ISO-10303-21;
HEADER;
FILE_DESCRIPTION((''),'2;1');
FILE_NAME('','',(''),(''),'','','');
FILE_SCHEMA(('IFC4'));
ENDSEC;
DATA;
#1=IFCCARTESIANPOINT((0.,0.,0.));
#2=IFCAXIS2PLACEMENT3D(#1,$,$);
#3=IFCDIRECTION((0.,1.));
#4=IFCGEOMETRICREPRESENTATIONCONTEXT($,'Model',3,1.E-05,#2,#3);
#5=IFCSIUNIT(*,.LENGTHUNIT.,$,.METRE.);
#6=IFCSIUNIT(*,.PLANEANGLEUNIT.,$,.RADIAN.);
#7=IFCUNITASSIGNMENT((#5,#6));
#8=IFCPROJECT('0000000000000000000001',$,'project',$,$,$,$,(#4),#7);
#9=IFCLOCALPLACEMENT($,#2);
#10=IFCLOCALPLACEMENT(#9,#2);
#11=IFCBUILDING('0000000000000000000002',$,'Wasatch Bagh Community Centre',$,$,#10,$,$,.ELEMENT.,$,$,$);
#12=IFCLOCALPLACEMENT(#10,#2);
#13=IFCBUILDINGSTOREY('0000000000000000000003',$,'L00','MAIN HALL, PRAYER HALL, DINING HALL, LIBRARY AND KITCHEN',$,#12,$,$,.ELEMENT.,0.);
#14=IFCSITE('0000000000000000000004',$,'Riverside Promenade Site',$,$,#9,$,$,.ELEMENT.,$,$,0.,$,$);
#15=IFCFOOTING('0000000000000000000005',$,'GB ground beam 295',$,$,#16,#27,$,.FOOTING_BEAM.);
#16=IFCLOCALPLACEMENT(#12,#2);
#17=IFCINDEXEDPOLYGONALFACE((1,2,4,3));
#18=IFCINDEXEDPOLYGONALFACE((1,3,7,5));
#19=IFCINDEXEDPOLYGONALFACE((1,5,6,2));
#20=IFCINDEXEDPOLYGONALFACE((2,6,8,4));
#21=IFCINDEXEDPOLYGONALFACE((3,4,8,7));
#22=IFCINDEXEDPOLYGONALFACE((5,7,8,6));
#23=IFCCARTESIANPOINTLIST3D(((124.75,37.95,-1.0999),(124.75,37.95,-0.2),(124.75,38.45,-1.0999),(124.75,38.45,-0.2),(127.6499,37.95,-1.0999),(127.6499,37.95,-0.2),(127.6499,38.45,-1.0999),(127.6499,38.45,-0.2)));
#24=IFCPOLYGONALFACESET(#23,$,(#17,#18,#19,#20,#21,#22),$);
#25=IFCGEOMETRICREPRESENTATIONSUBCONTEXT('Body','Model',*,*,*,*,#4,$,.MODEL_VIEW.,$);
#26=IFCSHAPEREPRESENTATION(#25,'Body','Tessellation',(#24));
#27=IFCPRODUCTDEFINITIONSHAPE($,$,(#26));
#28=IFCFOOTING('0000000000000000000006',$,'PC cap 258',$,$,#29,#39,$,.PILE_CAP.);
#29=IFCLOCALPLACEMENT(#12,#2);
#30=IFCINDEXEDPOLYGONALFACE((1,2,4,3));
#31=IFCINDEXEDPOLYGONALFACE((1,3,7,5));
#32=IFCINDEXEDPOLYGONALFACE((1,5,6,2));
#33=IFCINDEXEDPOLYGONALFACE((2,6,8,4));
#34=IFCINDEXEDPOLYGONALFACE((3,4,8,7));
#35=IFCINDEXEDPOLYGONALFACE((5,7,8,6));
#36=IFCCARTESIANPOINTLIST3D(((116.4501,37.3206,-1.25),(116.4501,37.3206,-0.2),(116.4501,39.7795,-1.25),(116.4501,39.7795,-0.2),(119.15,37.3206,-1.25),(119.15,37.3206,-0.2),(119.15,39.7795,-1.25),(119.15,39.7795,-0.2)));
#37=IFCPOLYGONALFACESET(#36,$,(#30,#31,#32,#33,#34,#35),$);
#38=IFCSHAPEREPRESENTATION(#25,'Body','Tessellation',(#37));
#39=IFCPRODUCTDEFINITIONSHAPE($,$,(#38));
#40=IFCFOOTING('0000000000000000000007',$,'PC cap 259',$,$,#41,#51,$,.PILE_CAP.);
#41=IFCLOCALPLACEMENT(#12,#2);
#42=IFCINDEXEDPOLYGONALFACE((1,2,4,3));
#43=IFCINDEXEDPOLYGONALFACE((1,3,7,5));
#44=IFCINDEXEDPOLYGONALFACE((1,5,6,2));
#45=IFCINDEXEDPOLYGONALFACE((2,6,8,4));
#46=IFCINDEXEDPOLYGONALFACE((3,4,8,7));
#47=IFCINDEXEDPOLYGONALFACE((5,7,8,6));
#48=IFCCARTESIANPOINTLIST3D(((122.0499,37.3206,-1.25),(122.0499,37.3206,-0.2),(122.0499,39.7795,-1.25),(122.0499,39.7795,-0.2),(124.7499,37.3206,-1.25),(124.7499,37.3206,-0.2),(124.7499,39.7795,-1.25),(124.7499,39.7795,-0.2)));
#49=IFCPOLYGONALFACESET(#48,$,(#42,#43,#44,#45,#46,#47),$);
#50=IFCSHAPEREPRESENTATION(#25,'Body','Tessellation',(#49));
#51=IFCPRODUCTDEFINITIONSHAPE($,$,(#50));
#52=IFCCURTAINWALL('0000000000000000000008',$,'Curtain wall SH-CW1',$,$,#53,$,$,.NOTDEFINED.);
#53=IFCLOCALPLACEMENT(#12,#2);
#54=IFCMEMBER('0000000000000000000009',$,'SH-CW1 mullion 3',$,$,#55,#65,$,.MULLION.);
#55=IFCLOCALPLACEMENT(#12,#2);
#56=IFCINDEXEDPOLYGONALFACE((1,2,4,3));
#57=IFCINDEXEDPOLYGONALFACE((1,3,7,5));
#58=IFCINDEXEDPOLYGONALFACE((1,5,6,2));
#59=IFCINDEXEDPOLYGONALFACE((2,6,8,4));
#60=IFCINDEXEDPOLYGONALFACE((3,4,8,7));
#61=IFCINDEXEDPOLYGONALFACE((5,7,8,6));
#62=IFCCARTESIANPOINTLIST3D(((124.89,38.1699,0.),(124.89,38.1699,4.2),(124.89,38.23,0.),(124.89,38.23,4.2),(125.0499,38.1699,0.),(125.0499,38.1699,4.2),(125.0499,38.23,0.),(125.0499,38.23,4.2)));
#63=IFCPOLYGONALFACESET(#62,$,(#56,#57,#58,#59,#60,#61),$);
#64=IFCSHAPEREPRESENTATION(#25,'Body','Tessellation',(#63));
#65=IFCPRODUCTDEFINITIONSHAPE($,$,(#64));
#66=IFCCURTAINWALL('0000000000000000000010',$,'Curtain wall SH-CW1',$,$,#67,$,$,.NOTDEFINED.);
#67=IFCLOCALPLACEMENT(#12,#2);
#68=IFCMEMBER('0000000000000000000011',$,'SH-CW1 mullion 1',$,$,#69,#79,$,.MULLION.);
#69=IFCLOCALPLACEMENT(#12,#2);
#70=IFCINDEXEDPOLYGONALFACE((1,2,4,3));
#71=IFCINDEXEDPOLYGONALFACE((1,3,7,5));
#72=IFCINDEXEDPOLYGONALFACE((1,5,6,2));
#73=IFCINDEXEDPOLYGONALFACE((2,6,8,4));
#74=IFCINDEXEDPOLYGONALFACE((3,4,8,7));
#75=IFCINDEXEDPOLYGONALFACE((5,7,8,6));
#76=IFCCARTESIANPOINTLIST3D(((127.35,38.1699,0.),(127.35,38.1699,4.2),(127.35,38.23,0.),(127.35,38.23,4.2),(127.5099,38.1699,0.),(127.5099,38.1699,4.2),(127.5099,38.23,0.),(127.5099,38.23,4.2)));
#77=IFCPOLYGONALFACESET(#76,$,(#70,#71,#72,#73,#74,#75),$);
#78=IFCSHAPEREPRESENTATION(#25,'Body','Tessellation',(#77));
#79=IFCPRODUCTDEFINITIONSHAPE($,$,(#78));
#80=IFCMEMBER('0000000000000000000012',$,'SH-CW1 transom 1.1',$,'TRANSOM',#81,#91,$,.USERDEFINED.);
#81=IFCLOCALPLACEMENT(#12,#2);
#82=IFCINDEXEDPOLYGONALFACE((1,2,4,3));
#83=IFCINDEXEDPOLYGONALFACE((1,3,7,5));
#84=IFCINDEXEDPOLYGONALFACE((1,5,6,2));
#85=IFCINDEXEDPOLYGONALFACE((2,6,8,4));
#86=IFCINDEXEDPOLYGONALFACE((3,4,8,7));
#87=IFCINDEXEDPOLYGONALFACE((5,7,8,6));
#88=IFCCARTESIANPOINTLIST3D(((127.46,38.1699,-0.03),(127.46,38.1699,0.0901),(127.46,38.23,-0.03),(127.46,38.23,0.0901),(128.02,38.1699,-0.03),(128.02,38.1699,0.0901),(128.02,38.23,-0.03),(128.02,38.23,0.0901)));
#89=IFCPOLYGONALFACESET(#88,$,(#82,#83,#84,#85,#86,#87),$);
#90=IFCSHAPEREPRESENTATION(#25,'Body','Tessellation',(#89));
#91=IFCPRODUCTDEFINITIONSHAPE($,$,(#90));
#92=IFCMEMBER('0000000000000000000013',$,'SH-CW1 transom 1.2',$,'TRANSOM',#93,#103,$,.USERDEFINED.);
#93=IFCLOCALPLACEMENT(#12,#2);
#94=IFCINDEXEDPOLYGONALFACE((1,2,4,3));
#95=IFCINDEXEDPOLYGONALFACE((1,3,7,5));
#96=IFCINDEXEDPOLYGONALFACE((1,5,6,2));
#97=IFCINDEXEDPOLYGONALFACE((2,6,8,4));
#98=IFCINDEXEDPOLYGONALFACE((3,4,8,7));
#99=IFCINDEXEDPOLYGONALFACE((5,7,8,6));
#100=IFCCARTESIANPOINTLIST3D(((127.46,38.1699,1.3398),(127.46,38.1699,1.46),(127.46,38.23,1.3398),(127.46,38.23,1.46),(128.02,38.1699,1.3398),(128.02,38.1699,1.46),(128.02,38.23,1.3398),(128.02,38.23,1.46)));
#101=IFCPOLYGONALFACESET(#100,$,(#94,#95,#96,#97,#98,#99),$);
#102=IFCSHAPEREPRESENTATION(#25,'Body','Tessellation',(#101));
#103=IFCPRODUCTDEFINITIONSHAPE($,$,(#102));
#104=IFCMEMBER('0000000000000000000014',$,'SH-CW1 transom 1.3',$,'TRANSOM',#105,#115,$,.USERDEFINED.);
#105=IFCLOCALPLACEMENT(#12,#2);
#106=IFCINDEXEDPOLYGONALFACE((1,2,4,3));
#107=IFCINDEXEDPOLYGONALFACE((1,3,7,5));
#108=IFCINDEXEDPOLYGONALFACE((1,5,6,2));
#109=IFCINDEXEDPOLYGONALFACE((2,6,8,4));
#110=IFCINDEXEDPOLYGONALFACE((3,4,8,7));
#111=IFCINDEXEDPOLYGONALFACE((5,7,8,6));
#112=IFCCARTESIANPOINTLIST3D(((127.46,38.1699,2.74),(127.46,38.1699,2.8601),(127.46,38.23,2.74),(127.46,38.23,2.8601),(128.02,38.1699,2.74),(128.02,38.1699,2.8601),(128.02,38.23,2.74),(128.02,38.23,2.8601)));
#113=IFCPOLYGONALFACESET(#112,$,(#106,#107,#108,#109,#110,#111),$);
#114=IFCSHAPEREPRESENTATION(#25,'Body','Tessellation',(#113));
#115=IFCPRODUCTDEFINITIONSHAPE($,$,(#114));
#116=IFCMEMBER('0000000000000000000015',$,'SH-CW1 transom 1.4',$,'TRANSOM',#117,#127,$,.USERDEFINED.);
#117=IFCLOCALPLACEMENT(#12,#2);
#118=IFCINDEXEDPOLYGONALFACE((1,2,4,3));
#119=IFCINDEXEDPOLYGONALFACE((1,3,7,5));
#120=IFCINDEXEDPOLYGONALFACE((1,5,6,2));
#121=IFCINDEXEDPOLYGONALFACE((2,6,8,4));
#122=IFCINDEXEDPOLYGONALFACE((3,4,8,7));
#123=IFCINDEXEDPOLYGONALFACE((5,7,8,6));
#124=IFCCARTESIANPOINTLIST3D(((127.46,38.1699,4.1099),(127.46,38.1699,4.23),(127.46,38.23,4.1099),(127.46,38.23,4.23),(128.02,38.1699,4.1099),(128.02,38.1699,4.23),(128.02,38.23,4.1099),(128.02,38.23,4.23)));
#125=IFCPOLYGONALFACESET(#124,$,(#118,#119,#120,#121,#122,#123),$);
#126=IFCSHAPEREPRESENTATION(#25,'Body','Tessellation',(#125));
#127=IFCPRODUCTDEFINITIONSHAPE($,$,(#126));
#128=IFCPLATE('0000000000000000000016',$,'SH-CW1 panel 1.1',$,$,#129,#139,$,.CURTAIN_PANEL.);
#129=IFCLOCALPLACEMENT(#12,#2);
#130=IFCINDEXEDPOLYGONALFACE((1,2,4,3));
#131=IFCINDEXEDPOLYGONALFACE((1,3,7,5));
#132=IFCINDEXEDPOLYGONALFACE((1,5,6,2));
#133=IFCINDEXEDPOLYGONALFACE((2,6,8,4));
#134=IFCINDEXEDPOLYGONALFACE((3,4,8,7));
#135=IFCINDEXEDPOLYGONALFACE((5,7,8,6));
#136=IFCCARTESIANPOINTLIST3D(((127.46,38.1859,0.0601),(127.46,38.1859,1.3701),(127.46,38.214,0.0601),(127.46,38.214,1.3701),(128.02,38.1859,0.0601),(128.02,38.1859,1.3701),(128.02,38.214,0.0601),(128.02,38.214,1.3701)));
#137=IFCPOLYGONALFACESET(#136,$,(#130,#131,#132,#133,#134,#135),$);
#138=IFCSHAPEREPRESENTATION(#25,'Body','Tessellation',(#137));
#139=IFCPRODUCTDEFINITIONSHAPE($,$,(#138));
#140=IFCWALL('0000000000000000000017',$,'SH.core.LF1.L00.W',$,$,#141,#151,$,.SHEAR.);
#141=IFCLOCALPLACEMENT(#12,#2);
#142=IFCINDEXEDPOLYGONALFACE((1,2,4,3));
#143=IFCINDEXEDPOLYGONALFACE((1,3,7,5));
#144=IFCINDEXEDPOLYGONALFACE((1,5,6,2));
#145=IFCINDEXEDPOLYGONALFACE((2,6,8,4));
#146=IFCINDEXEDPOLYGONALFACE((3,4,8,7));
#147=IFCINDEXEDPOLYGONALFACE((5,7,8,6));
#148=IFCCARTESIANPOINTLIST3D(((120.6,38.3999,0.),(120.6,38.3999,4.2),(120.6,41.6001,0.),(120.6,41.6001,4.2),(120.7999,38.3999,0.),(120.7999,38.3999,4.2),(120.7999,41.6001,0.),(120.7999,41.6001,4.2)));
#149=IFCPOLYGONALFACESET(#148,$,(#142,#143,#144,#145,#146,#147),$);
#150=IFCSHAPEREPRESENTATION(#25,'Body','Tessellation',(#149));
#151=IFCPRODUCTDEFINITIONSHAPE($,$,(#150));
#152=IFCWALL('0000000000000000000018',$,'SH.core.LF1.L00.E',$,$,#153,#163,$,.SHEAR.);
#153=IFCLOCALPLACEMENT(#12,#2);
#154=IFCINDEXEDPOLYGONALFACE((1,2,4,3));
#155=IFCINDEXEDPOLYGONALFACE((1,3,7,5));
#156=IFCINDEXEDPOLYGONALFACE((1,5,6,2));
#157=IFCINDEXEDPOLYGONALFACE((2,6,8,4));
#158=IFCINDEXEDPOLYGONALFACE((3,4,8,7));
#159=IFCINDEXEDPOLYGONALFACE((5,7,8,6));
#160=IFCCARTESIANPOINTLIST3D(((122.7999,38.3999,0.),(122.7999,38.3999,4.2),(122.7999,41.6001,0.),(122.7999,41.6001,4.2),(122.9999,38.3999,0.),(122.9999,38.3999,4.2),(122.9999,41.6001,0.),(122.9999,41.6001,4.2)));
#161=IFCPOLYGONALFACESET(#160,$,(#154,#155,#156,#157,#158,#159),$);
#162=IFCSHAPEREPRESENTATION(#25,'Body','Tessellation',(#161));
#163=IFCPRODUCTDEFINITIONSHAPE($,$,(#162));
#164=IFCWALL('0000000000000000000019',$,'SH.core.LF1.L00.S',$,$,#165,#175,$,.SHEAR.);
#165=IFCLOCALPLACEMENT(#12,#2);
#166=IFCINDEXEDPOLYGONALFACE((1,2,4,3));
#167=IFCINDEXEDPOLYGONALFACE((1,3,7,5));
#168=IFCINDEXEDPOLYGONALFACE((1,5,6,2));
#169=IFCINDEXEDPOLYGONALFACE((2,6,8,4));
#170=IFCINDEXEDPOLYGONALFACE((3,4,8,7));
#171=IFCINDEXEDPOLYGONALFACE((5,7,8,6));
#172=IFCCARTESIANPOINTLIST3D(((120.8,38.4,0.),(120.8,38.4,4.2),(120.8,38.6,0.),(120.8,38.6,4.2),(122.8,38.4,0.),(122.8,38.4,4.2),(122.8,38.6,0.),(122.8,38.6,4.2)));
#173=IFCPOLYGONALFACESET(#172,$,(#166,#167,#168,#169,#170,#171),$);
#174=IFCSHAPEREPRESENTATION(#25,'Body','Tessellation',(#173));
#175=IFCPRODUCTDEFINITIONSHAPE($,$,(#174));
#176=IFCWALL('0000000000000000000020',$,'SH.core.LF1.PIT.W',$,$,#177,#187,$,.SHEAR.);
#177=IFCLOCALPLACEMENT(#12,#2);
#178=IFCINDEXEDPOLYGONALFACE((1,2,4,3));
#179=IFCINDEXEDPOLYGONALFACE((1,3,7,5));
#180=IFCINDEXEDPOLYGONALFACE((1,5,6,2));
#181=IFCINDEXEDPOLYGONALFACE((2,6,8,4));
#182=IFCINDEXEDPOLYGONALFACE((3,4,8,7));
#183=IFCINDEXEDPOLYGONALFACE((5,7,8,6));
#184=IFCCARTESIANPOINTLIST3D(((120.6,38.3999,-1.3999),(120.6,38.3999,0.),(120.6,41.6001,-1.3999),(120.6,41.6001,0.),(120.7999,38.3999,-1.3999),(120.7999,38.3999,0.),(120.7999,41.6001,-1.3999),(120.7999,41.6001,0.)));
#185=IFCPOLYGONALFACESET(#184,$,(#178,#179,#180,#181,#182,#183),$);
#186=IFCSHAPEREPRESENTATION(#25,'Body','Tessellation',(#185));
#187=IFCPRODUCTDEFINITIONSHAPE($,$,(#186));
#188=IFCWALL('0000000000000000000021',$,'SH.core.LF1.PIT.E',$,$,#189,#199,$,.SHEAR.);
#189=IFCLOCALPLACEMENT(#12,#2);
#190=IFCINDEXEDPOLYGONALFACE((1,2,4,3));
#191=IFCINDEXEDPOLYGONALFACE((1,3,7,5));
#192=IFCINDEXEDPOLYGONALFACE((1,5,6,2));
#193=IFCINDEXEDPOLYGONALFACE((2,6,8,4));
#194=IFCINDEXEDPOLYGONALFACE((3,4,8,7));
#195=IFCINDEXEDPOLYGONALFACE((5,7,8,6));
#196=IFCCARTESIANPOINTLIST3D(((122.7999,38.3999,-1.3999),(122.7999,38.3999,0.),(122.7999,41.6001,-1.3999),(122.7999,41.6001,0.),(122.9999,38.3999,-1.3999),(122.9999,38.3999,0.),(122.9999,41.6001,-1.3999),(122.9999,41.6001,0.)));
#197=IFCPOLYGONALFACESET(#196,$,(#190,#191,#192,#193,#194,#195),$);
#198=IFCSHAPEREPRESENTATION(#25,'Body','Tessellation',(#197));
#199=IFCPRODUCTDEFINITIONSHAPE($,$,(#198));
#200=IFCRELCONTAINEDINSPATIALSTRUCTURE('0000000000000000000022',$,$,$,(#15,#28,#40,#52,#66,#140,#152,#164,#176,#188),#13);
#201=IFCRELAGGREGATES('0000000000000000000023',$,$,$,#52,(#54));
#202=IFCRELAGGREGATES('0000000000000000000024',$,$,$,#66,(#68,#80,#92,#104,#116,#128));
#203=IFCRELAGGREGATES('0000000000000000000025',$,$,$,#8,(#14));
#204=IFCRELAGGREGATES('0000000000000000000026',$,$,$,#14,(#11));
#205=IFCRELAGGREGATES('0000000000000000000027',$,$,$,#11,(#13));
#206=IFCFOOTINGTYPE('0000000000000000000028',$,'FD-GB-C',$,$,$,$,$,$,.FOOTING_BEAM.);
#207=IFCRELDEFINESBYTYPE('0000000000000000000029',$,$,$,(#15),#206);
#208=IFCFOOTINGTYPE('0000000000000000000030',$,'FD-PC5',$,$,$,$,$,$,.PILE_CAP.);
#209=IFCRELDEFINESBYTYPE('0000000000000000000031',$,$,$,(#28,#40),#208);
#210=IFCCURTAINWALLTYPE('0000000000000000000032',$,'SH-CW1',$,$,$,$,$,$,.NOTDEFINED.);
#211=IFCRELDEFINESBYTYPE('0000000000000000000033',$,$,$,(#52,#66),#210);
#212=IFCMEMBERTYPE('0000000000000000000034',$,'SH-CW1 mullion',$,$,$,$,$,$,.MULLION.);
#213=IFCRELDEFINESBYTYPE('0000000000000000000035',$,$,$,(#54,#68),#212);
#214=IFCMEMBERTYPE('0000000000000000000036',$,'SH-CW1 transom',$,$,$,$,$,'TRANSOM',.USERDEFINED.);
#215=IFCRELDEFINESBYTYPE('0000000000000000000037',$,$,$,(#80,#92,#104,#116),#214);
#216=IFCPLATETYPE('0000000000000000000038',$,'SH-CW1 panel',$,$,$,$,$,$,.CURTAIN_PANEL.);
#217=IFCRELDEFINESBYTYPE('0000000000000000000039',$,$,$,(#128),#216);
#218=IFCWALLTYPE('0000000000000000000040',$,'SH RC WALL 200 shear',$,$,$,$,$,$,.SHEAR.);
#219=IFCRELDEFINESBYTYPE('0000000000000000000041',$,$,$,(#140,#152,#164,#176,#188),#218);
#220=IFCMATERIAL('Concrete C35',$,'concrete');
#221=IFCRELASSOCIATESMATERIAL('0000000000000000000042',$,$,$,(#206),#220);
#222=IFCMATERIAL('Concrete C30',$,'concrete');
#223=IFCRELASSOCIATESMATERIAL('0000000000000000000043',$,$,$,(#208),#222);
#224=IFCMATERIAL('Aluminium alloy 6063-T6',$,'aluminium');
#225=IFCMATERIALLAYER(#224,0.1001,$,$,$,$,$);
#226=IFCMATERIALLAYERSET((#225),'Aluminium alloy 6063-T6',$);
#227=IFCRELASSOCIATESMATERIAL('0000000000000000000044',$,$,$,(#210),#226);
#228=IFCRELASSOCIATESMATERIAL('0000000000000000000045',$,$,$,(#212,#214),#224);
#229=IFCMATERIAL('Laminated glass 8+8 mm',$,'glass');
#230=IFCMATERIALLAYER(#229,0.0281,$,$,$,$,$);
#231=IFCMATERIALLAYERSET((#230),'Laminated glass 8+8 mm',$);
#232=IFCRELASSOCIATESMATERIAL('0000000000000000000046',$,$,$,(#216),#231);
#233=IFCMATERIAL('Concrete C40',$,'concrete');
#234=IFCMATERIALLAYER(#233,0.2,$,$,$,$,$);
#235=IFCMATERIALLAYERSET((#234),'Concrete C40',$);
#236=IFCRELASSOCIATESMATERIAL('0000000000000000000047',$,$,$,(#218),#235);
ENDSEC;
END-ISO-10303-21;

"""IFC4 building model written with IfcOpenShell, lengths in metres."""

from ifc_helpers import new_model, si_unit, direction, frame, frame_2d, origin, origin_2d, place, context, subcontext, project, spatial, rectangle, extrude, material, layer, layer_set, material_profile, profile_set, type_object, element, aggregate, save


model = new_model("IFC4")

# Units and contexts
model_context = context("Model", 3, precision=1e-05, world=origin(), true_north=direction((0.0, 1.0)))
body_context = subcontext(model_context, "Body", "Model", "MODEL_VIEW")
ifc_project = project(units=[si_unit("LENGTHUNIT", "METRE"), si_unit("PLANEANGLEUNIT", "RADIAN")], contexts=[model_context])

# Site, building, storey
site_placement = place(None, origin())
site = spatial("IfcSite", under=ifc_project, at=site_placement, Name="Riverside Promenade Site", CompositionType="ELEMENT", RefElevation=0.0)
building_placement = place(site_placement, origin())
building = spatial("IfcBuilding", under=site, at=building_placement, Name="Wasatch Bagh Community Centre", CompositionType="ELEMENT")
storey_placement = place(building_placement, origin())
storey = spatial("IfcBuildingStorey", under=building, at=storey_placement, Name="L00", Description="MAIN HALL, PRAYER HALL, DINING HALL, LIBRARY AND KITCHEN", CompositionType="ELEMENT", Elevation=0.0)

# Footings
ifc_material_1 = material(Name="Concrete C35", Category="concrete")
footing_type_1 = type_object("IfcFootingType", Name="FD-GB-C", PredefinedType="FOOTING_BEAM", material=ifc_material_1)
footing_placement = place(storey_placement, frame((126.2, 38.2, -1.0999), z_axis=(0.0, 0.0, 1.0), x_axis=(1.0, 0.0, 0.0)))
element("IfcFooting", 1, at=footing_placement, inside=storey, type_object=footing_type_1, Name="GB ground beam 295", PredefinedType="FOOTING_BEAM", context=body_context, shape_type="SweptSolid", body=[
    extrude(rectangle(XDim=2.8999, YDim=0.5, at=origin_2d()), origin(), (0.0, 0.0, 1.0), 0.8999),
])
ifc_material_2 = material(Name="Concrete C30", Category="concrete")
footing_type_2 = type_object("IfcFootingType", Name="FD-PC5", PredefinedType="PILE_CAP", material=ifc_material_2)
for number, where, z_axis, x_axis, name in (
    (2, (117.8, 38.55, -1.25), (0.0, 0.0, 1.0), (1.0, 0.0, 0.0), "PC cap 258"),
    (3, (123.3999, 38.55, -1.25), (0.0, 0.0, 1.0), (1.0, 0.0, 0.0), "PC cap 259"),
):
    element("IfcFooting", number, at=place(storey_placement, frame(where, z_axis=z_axis, x_axis=x_axis)), inside=storey, type_object=footing_type_2, Name=name, PredefinedType="PILE_CAP", context=body_context, shape_type="SweptSolid", body=[
        extrude(rectangle(XDim=2.7, YDim=2.459, at=origin_2d()), origin(), (0.0, 0.0, 1.0), 1.05),
    ])

# Curtain wall, member
ifc_material_3 = material(Name="Aluminium alloy 6063-T6", Category="aluminium")
ifc_layer_1 = layer(ifc_material_3, 0.1001)
ifc_layer_set_1 = layer_set([ifc_layer_1], Name="Aluminium alloy 6063-T6")
curtain_wall_type = type_object("IfcCurtainWallType", Name="SH-CW1", PredefinedType="NOTDEFINED", material=ifc_layer_set_1)
curtain_wall_1_placement = place(storey_placement, origin())
curtain_wall_1 = element("IfcCurtainWall", 4, at=curtain_wall_1_placement, inside=storey, type_object=curtain_wall_type, Name="Curtain wall SH-CW1", PredefinedType="NOTDEFINED")
ifc_material_profile_1 = material_profile(ifc_material_3, rectangle(XDim=0.0601, YDim=0.1599, at=origin_2d()), Name="AL 60x160")
ifc_profile_set_1 = profile_set([ifc_material_profile_1], Name="Aluminium alloy 6063-T6")
member_type_1 = type_object("IfcMemberType", Name="SH-CW1 mullion", PredefinedType="MULLION", material=ifc_profile_set_1)
member_1_placement = place(storey_placement, frame((124.97, 38.2, 0.0), z_axis=(0.0, 0.0, 1.0), x_axis=(0.0, 1.0, 0.0)))
member_1 = element("IfcMember", 5, at=member_1_placement, type_object=member_type_1, Name="SH-CW1 mullion 3", PredefinedType="MULLION", context=body_context, shape_type="SweptSolid", body=[
    extrude(rectangle(XDim=0.0601, YDim=0.1599, at=origin_2d()), origin(), (0.0, 0.0, 1.0), 4.2),
])
aggregate(curtain_wall_1, [member_1])

# Curtain wall, members, plate
curtain_wall_2_placement = place(storey_placement, origin())
curtain_wall_2 = element("IfcCurtainWall", 6, at=curtain_wall_2_placement, inside=storey, type_object=curtain_wall_type, Name="Curtain wall SH-CW1", PredefinedType="NOTDEFINED")
member_2_placement = place(storey_placement, frame((127.4299, 38.2, 0.0), z_axis=(0.0, 0.0, 1.0), x_axis=(0.0, 1.0, 0.0)))
member_2 = element("IfcMember", 7, at=member_2_placement, type_object=member_type_1, Name="SH-CW1 mullion 1", PredefinedType="MULLION", context=body_context, shape_type="SweptSolid", body=[
    extrude(rectangle(XDim=0.0601, YDim=0.1599, at=origin_2d()), origin(), (0.0, 0.0, 1.0), 4.2),
])
ifc_material_profile_2 = material_profile(ifc_material_3, rectangle(XDim=0.0601, YDim=0.1201, at=origin_2d()), Name="AL 60x120")
ifc_profile_set_2 = profile_set([ifc_material_profile_2], Name="Aluminium alloy 6063-T6")
member_type_2 = type_object("IfcMemberType", Name="SH-CW1 transom", ElementType="TRANSOM", PredefinedType="USERDEFINED", material=ifc_profile_set_2)
member_3_placement = place(storey_placement, frame((127.46, 38.2, 0.03), z_axis=(1.0, 0.0, 0.0), x_axis=(0.0, 1.0, 0.0)))
member_3 = element("IfcMember", 8, at=member_3_placement, type_object=member_type_2, Name="SH-CW1 transom 1.1", ObjectType="TRANSOM", PredefinedType="USERDEFINED", context=body_context, shape_type="SweptSolid", body=[
    extrude(rectangle(XDim=0.0601, YDim=0.1201, at=origin_2d()), origin(), (0.0, 0.0, 1.0), 0.5601),
])
member_4_placement = place(storey_placement, frame((127.46, 38.2, 1.3999), z_axis=(1.0, 0.0, 0.0), x_axis=(0.0, 1.0, 0.0)))
member_4 = element("IfcMember", 9, at=member_4_placement, type_object=member_type_2, Name="SH-CW1 transom 1.2", ObjectType="TRANSOM", PredefinedType="USERDEFINED", context=body_context, shape_type="SweptSolid", body=[
    extrude(rectangle(XDim=0.0601, YDim=0.1201, at=origin_2d()), origin(), (0.0, 0.0, 1.0), 0.5601),
])
member_5_placement = place(storey_placement, frame((127.46, 38.2, 2.8), z_axis=(1.0, 0.0, 0.0), x_axis=(0.0, 1.0, 0.0)))
member_5 = element("IfcMember", 10, at=member_5_placement, type_object=member_type_2, Name="SH-CW1 transom 1.3", ObjectType="TRANSOM", PredefinedType="USERDEFINED", context=body_context, shape_type="SweptSolid", body=[
    extrude(rectangle(XDim=0.0601, YDim=0.1201, at=origin_2d()), origin(), (0.0, 0.0, 1.0), 0.5601),
])
member_6_placement = place(storey_placement, frame((127.46, 38.2, 4.1699), z_axis=(1.0, 0.0, 0.0), x_axis=(0.0, 1.0, 0.0)))
member_6 = element("IfcMember", 11, at=member_6_placement, type_object=member_type_2, Name="SH-CW1 transom 1.4", ObjectType="TRANSOM", PredefinedType="USERDEFINED", context=body_context, shape_type="SweptSolid", body=[
    extrude(rectangle(XDim=0.0601, YDim=0.1201, at=origin_2d()), origin(), (0.0, 0.0, 1.0), 0.5601),
])
ifc_material_4 = material(Name="Laminated glass 8+8 mm", Category="glass")
ifc_layer_2 = layer(ifc_material_4, 0.0281)
ifc_layer_set_2 = layer_set([ifc_layer_2], Name="Laminated glass 8+8 mm")
plate_type = type_object("IfcPlateType", Name="SH-CW1 panel", PredefinedType="CURTAIN_PANEL", material=ifc_layer_set_2)
plate_placement = place(storey_placement, frame((127.74, 38.2, 0.0601), z_axis=(0.0, 0.0, 1.0), x_axis=(1.0, 0.0, 0.0)))
plate = element("IfcPlate", 12, at=plate_placement, type_object=plate_type, Name="SH-CW1 panel 1.1", PredefinedType="CURTAIN_PANEL", context=body_context, shape_type="SweptSolid", body=[
    extrude(rectangle(XDim=0.5601, YDim=0.0281, at=origin_2d()), origin(), (0.0, 0.0, 1.0), 1.3101),
])
aggregate(curtain_wall_2, [member_2, member_3, member_4, member_5, member_6, plate])

# Walls
ifc_material_5 = material(Name="Concrete C40", Category="concrete")
ifc_layer_3 = layer(ifc_material_5, 0.2)
ifc_layer_set_3 = layer_set([ifc_layer_3], Name="Concrete C40")
wall_type_1 = type_object("IfcWallType", Name="SH RC WALL 200 shear", PredefinedType="SHEAR", material=ifc_layer_set_3)
for number, where, z_axis, x_axis, name in (
    (13, (120.7, 38.3999, 0.0), (0.0, 0.0, 1.0), (0.0, 1.0, 0.0), "SH.core.LF1.L00.W"),
    (14, (122.8999, 38.3999, 0.0), (0.0, 0.0, 1.0), (0.0, 1.0, 0.0), "SH.core.LF1.L00.E"),
):
    element("IfcWall", number, at=place(storey_placement, frame(where, z_axis=z_axis, x_axis=x_axis)), inside=storey, type_object=wall_type_1, Name=name, PredefinedType="SHEAR", context=body_context, shape_type="SweptSolid", body=[
        extrude(rectangle(XDim=3.2002, YDim=0.2, at=frame_2d((1.6001, 0.0))), origin(), (0.0, 0.0, 1.0), 4.2),
    ])
wall_1_placement = place(storey_placement, frame((120.8, 38.5, 0.0), z_axis=(0.0, 0.0, 1.0), x_axis=(1.0, 0.0, 0.0)))
element("IfcWall", 15, at=wall_1_placement, inside=storey, type_object=wall_type_1, Name="SH.core.LF1.L00.S", PredefinedType="SHEAR", context=body_context, shape_type="SweptSolid", body=[
    extrude(rectangle(XDim=2.0, YDim=0.2, at=frame_2d((1.0, 0.0))), origin(), (0.0, 0.0, 1.0), 4.2),
])
for number, where, z_axis, x_axis, name in (
    (16, (120.7, 38.3999, -1.3999), (0.0, 0.0, 1.0), (0.0, 1.0, 0.0), "SH.core.LF1.PIT.W"),
    (17, (122.8999, 38.3999, -1.3999), (0.0, 0.0, 1.0), (0.0, 1.0, 0.0), "SH.core.LF1.PIT.E"),
):
    element("IfcWall", number, at=place(storey_placement, frame(where, z_axis=z_axis, x_axis=x_axis)), inside=storey, type_object=wall_type_1, Name=name, PredefinedType="SHEAR", context=body_context, shape_type="SweptSolid", body=[
        extrude(rectangle(XDim=3.2002, YDim=0.2, at=frame_2d((1.6001, 0.0))), origin(), (0.0, 0.0, 1.0), 1.3999),
    ])

save(model, "model.ifc")
